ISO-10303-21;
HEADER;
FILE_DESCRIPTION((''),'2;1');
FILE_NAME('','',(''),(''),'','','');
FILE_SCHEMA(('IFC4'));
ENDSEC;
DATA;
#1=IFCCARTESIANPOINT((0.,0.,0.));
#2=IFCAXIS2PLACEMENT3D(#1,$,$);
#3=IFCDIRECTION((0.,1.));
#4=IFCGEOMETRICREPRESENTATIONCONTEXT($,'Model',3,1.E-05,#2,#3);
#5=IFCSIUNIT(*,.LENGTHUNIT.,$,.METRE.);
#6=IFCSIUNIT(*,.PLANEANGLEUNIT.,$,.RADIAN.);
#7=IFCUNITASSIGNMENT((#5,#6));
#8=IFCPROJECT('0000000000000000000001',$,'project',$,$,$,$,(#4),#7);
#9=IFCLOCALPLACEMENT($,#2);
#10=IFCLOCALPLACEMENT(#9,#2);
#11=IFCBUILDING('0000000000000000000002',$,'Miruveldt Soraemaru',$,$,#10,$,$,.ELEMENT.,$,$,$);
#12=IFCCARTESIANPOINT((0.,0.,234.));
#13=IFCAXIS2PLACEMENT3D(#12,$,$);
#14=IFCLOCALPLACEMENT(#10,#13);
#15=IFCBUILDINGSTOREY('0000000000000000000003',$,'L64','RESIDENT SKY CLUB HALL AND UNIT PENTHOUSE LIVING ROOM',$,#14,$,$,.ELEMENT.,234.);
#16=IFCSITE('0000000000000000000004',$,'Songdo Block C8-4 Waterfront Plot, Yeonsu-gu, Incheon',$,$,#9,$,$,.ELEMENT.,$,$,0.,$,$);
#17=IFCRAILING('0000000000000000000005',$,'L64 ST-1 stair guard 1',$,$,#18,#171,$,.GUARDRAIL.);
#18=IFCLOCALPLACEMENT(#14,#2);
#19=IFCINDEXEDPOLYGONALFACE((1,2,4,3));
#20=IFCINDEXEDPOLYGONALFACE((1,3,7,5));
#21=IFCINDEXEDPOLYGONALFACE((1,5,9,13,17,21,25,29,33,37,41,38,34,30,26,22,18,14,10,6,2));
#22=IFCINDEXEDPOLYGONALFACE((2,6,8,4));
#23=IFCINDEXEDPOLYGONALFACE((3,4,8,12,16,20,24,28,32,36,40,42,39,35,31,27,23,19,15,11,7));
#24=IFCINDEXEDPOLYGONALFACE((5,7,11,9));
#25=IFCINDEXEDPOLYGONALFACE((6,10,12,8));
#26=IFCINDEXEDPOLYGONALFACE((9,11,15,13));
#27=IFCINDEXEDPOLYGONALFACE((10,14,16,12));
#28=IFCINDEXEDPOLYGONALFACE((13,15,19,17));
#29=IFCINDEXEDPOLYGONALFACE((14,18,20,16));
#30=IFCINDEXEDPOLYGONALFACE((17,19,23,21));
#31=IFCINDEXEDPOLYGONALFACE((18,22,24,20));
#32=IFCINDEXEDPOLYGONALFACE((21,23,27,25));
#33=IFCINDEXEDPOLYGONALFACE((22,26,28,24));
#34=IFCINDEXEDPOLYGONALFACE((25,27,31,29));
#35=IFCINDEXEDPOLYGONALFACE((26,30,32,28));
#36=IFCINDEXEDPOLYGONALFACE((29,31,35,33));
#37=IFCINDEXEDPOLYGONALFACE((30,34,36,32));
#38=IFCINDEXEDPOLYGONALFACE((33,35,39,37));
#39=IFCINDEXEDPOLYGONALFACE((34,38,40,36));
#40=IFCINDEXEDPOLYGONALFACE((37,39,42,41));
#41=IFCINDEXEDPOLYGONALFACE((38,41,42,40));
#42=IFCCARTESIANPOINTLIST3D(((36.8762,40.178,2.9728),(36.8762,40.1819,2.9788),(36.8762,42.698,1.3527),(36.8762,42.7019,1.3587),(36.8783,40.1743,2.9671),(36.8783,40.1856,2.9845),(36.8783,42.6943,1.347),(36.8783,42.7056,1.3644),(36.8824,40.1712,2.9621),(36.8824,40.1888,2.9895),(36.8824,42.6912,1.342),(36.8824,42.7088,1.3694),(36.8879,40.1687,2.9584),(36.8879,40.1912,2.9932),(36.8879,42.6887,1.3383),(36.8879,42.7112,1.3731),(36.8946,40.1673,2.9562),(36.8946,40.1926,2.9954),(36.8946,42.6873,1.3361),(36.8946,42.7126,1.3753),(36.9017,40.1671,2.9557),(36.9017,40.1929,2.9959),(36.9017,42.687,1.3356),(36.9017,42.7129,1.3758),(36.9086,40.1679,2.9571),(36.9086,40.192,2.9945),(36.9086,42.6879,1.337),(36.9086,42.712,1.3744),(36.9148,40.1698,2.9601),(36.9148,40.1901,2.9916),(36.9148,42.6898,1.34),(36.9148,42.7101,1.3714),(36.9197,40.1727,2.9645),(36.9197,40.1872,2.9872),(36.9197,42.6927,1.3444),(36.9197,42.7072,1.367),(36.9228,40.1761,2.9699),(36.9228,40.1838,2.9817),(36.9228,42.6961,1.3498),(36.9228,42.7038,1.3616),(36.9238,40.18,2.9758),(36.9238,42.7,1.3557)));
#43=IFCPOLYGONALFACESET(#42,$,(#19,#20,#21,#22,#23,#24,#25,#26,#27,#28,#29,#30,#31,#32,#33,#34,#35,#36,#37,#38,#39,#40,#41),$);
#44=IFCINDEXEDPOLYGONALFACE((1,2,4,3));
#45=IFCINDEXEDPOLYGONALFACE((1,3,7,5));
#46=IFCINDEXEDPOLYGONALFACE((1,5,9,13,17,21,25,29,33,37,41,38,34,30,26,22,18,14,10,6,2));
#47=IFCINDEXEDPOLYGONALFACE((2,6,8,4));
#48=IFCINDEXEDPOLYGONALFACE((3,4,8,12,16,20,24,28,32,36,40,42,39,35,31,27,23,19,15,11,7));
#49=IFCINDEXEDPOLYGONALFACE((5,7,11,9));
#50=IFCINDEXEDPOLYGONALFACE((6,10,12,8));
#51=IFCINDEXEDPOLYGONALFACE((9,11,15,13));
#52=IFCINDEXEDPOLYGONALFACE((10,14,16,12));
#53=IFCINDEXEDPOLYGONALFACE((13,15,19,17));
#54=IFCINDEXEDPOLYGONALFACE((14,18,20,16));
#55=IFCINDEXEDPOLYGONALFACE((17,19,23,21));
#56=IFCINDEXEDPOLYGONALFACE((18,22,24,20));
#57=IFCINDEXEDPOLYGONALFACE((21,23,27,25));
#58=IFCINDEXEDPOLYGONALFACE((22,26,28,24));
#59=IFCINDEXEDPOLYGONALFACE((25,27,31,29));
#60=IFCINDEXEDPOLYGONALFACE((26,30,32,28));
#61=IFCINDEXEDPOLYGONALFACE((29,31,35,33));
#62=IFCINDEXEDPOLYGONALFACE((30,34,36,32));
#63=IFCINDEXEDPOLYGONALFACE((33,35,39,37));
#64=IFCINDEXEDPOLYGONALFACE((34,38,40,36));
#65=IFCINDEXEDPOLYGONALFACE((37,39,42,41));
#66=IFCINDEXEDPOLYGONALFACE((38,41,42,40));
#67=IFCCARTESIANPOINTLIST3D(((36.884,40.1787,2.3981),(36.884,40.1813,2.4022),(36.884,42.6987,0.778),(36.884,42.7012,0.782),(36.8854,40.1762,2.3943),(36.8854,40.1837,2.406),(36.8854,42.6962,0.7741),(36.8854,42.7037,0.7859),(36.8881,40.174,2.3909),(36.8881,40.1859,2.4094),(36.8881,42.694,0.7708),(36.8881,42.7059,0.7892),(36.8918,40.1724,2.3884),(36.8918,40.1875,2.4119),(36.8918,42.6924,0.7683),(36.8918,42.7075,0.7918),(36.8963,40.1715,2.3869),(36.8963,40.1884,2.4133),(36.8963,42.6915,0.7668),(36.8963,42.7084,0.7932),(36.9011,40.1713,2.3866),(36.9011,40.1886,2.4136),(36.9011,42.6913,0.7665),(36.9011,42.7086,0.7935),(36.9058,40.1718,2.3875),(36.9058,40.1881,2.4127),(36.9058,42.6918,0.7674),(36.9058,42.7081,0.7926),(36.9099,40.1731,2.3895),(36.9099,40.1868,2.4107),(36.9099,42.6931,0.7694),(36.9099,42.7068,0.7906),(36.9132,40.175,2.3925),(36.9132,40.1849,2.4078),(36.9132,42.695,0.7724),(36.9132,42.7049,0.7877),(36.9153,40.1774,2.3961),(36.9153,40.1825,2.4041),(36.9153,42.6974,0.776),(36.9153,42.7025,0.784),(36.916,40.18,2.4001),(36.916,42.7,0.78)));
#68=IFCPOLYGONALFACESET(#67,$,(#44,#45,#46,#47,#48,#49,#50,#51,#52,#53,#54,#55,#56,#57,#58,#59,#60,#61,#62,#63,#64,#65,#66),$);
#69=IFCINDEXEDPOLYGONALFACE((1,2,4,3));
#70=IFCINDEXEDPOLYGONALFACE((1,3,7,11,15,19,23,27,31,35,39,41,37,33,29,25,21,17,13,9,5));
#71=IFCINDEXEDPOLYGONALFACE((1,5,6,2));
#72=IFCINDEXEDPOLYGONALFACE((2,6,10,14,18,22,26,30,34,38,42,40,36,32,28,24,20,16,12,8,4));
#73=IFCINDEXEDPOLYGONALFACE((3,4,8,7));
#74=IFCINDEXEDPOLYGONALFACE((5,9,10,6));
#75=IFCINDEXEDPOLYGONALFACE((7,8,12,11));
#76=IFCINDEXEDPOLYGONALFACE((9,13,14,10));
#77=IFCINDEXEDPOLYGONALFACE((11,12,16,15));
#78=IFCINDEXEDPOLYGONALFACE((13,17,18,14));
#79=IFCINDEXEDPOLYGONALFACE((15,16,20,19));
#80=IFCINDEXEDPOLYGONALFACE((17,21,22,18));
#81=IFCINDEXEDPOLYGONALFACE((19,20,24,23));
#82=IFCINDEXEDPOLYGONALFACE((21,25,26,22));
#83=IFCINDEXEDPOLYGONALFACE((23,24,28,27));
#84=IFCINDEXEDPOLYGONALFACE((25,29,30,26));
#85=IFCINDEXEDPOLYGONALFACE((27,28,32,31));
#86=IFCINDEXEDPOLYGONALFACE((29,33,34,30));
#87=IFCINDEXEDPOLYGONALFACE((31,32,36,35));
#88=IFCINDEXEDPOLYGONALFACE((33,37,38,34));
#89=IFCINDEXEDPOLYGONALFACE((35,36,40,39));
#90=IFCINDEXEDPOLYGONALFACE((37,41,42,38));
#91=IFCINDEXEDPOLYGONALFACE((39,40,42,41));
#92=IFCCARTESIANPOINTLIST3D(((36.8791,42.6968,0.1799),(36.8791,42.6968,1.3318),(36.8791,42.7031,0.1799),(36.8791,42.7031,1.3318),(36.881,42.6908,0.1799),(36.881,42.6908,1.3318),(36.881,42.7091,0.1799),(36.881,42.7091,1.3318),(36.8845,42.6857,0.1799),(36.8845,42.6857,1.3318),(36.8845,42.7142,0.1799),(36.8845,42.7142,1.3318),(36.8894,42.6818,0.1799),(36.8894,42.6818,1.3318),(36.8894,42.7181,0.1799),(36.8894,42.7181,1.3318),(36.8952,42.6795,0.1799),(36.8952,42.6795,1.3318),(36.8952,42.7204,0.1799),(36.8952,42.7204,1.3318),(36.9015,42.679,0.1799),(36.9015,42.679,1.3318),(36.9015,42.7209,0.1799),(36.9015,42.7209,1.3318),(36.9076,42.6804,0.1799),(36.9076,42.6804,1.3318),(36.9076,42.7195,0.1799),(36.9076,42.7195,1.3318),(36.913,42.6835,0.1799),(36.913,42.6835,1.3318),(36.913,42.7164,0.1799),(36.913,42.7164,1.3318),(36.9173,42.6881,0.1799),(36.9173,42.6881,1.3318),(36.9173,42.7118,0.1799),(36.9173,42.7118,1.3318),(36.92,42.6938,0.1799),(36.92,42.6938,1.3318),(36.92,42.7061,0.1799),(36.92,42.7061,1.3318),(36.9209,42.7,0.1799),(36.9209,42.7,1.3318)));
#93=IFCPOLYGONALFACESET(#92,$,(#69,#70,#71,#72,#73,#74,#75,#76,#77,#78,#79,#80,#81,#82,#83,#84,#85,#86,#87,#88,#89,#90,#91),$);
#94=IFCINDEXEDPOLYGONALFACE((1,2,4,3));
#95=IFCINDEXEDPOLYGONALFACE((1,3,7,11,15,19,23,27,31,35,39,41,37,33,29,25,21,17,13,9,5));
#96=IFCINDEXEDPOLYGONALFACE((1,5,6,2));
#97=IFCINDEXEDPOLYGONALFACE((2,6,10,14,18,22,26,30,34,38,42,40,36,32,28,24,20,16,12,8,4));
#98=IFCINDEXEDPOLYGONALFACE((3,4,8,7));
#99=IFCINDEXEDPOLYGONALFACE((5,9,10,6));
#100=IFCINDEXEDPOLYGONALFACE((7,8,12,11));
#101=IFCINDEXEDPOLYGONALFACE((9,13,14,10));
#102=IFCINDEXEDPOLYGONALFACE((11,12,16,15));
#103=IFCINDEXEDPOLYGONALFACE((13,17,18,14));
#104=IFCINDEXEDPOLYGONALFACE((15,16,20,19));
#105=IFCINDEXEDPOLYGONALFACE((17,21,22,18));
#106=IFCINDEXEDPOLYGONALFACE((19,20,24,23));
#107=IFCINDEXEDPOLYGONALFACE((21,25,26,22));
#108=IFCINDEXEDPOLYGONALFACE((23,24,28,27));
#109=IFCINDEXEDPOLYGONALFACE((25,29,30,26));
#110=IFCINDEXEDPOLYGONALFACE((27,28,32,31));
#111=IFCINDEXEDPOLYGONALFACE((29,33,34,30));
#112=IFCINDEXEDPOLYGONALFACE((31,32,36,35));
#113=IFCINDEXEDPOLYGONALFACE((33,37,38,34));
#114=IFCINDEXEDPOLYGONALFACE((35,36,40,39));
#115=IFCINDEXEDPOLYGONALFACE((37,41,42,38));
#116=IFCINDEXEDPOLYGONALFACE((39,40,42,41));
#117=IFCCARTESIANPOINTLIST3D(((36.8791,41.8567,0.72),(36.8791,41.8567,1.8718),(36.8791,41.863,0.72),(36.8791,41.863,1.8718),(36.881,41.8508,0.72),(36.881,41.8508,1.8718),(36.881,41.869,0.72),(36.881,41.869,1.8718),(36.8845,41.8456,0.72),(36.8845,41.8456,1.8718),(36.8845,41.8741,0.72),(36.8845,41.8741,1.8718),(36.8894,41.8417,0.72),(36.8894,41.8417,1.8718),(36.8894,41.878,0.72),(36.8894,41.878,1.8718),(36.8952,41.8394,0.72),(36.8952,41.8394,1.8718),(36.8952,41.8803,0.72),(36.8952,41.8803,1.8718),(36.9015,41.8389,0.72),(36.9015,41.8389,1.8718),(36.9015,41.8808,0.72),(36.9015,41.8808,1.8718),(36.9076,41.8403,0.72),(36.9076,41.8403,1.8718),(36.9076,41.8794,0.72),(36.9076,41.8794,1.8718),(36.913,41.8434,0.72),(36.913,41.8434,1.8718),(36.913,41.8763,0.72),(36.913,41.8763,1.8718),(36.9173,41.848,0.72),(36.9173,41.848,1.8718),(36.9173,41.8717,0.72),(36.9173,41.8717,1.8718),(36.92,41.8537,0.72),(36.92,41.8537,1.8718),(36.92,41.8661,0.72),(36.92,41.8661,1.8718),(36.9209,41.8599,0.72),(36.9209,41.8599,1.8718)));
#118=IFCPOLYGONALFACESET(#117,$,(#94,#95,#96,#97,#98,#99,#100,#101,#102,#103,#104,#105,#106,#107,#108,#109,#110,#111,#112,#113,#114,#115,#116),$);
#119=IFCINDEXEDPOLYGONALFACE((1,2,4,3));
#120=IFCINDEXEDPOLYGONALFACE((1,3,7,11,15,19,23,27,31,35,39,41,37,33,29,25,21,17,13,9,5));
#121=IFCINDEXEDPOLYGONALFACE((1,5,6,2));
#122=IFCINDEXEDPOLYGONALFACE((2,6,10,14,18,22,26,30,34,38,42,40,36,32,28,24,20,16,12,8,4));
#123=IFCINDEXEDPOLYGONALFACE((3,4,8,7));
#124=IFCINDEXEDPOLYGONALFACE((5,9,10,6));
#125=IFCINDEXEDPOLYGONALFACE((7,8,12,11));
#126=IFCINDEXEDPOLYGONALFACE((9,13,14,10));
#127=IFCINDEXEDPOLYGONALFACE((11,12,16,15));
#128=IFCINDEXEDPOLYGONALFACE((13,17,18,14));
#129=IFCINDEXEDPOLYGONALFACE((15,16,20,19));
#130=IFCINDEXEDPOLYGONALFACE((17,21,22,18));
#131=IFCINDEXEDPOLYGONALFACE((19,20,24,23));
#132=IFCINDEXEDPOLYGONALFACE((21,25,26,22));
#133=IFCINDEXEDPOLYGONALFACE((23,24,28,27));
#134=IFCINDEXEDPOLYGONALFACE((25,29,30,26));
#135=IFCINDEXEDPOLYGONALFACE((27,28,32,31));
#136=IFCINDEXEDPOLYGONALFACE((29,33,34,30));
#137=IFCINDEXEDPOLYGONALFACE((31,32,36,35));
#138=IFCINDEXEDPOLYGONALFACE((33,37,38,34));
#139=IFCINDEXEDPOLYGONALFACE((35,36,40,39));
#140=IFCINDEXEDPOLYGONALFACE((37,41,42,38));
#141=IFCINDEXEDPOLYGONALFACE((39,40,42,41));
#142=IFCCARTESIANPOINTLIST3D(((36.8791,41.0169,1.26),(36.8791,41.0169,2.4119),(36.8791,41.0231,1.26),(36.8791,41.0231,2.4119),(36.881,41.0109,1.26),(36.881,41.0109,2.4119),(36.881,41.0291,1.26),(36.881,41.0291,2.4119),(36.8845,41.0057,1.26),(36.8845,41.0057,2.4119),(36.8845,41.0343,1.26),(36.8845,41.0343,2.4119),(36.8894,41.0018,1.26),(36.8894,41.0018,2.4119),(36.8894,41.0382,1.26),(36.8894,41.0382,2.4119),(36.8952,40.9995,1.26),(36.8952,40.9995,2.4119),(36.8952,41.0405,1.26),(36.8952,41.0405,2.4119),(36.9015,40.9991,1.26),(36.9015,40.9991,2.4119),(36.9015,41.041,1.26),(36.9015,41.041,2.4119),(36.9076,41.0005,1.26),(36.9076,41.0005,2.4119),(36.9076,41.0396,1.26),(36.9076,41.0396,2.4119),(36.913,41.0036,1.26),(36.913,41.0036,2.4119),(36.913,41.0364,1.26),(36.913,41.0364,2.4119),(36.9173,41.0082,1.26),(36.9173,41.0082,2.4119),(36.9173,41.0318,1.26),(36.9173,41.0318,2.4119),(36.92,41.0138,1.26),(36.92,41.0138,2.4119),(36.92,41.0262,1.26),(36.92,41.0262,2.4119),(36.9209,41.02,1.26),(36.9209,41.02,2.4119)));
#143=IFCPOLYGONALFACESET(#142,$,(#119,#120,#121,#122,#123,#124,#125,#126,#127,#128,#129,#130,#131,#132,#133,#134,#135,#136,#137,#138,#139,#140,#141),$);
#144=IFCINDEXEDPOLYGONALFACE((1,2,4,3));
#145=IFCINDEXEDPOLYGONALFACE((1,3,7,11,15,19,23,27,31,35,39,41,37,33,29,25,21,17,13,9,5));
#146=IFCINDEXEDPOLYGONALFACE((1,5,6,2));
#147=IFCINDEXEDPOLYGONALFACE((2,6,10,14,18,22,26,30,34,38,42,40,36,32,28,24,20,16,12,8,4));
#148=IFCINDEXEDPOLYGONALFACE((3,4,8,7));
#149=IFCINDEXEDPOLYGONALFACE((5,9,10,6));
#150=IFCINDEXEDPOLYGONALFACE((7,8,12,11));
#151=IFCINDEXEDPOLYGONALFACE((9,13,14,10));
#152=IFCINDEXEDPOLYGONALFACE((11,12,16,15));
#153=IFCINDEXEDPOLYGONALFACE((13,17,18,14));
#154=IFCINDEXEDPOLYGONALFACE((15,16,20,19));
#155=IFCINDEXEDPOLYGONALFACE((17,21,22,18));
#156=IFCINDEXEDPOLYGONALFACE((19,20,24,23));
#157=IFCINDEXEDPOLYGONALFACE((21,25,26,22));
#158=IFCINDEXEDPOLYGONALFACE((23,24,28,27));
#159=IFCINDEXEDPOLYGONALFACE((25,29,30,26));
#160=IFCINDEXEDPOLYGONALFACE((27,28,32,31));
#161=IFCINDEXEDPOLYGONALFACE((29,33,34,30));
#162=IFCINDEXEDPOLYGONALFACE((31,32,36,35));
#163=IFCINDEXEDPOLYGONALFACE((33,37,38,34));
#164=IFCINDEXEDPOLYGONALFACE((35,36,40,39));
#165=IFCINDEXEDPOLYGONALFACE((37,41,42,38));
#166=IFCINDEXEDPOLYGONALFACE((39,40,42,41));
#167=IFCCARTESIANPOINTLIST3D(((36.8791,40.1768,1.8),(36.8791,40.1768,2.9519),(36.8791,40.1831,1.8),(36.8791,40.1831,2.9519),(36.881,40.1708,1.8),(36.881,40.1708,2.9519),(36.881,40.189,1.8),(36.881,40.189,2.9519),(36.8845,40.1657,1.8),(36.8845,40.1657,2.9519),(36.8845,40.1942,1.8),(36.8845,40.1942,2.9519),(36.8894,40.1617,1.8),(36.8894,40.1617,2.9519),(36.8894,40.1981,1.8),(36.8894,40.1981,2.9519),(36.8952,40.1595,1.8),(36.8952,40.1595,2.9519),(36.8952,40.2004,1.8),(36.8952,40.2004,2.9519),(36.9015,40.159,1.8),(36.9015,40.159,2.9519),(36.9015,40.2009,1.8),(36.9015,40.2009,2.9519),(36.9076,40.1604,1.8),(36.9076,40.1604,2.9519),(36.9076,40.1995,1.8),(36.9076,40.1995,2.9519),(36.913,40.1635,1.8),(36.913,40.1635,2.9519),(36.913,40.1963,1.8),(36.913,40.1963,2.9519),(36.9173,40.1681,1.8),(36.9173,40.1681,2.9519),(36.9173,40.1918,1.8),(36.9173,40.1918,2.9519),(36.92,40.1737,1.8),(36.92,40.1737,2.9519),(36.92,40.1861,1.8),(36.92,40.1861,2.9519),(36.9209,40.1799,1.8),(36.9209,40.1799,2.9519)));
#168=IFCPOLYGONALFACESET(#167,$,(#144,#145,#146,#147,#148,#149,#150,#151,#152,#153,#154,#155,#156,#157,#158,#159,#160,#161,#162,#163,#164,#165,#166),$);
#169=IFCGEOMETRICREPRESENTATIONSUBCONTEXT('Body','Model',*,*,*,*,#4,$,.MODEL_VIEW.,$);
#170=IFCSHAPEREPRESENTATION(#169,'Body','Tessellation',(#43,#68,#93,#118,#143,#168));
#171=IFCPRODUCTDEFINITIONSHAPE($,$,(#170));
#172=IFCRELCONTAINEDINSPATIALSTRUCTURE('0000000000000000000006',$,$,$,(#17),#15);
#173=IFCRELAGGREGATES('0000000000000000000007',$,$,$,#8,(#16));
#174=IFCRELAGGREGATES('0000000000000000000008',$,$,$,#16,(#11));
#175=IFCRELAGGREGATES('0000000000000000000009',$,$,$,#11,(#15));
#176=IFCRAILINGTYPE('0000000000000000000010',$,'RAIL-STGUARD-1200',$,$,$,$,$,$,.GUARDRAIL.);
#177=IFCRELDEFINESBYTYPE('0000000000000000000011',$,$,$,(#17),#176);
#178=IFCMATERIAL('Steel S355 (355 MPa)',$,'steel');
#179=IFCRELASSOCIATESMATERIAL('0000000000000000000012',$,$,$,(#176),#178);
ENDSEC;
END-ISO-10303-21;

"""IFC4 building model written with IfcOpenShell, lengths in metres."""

from ifc_helpers import new_model, si_unit, direction, frame, origin, origin_2d, place, context, subcontext, project, spatial, circle, extrude, material, type_object, element, save


model = new_model("IFC4")

# Units and contexts
model_context = context("Model", 3, precision=1e-05, world=origin(), true_north=direction((0.0, 1.0)))
body_context = subcontext(model_context, "Body", "Model", "MODEL_VIEW")
ifc_project = project(units=[si_unit("LENGTHUNIT", "METRE"), si_unit("PLANEANGLEUNIT", "RADIAN")], contexts=[model_context])

# Site, building, storey
site_placement = place(None, origin())
site = spatial("IfcSite", under=ifc_project, at=site_placement, Name="Songdo Block C8-4 Waterfront Plot, Yeonsu-gu, Incheon", CompositionType="ELEMENT", RefElevation=0.0)
building_placement = place(site_placement, origin())
building = spatial("IfcBuilding", under=site, at=building_placement, Name="Miruveldt Soraemaru", CompositionType="ELEMENT")
storey_placement = place(building_placement, frame((0.0, 0.0, 234.0)))
storey = spatial("IfcBuildingStorey", under=building, at=storey_placement, Name="L64", Description="RESIDENT SKY CLUB HALL AND UNIT PENTHOUSE LIVING ROOM", CompositionType="ELEMENT", Elevation=234.0)

# Railing
ifc_material_1 = material(Name="Steel S355 (355 MPa)", Category="steel")
railing_type_1 = type_object("IfcRailingType", Name="RAIL-STGUARD-1200", PredefinedType="GUARDRAIL", material=ifc_material_1)
railing_1_placement = place(storey_placement, frame((36.8999, 42.7, 0.1799)))
element("IfcRailing", 1, at=railing_1_placement, inside=storey, type_object=railing_type_1, Name="L64 ST-1 stair guard 1", PredefinedType="GUARDRAIL", context=body_context, shape_type="SweptSolid", body=[
    extrude(circle(Radius=0.0239, at=origin_2d()), frame((0.0, 0.0, 1.1758), z_axis=(0.0, -0.841163, 0.540782), x_axis=(1.0, 0.0, 0.0)), (0.0, 0.0, 1.0), 2.9958),
    extrude(circle(Radius=0.0161, at=origin_2d()), frame((0.0, 0.0, 0.6001), z_axis=(0.0, -0.841163, 0.540782), x_axis=(1.0, 0.0, 0.0)), (0.0, 0.0, 1.0), 2.9958),
    extrude(circle(Radius=0.021, at=origin_2d()), origin(), (0.0, 0.0, 1.0), 1.1519),
    extrude(circle(Radius=0.021, at=origin_2d()), frame((0.0, -0.8401, 0.54)), (0.0, 0.0, 1.0), 1.1519),
    extrude(circle(Radius=0.021, at=origin_2d()), frame((0.0, -1.6799, 1.0801)), (0.0, 0.0, 1.0), 1.1519),
    extrude(circle(Radius=0.021, at=origin_2d()), frame((0.0, -2.52, 1.6201)), (0.0, 0.0, 1.0), 1.1519),
])

save(model, "model.ifc")
